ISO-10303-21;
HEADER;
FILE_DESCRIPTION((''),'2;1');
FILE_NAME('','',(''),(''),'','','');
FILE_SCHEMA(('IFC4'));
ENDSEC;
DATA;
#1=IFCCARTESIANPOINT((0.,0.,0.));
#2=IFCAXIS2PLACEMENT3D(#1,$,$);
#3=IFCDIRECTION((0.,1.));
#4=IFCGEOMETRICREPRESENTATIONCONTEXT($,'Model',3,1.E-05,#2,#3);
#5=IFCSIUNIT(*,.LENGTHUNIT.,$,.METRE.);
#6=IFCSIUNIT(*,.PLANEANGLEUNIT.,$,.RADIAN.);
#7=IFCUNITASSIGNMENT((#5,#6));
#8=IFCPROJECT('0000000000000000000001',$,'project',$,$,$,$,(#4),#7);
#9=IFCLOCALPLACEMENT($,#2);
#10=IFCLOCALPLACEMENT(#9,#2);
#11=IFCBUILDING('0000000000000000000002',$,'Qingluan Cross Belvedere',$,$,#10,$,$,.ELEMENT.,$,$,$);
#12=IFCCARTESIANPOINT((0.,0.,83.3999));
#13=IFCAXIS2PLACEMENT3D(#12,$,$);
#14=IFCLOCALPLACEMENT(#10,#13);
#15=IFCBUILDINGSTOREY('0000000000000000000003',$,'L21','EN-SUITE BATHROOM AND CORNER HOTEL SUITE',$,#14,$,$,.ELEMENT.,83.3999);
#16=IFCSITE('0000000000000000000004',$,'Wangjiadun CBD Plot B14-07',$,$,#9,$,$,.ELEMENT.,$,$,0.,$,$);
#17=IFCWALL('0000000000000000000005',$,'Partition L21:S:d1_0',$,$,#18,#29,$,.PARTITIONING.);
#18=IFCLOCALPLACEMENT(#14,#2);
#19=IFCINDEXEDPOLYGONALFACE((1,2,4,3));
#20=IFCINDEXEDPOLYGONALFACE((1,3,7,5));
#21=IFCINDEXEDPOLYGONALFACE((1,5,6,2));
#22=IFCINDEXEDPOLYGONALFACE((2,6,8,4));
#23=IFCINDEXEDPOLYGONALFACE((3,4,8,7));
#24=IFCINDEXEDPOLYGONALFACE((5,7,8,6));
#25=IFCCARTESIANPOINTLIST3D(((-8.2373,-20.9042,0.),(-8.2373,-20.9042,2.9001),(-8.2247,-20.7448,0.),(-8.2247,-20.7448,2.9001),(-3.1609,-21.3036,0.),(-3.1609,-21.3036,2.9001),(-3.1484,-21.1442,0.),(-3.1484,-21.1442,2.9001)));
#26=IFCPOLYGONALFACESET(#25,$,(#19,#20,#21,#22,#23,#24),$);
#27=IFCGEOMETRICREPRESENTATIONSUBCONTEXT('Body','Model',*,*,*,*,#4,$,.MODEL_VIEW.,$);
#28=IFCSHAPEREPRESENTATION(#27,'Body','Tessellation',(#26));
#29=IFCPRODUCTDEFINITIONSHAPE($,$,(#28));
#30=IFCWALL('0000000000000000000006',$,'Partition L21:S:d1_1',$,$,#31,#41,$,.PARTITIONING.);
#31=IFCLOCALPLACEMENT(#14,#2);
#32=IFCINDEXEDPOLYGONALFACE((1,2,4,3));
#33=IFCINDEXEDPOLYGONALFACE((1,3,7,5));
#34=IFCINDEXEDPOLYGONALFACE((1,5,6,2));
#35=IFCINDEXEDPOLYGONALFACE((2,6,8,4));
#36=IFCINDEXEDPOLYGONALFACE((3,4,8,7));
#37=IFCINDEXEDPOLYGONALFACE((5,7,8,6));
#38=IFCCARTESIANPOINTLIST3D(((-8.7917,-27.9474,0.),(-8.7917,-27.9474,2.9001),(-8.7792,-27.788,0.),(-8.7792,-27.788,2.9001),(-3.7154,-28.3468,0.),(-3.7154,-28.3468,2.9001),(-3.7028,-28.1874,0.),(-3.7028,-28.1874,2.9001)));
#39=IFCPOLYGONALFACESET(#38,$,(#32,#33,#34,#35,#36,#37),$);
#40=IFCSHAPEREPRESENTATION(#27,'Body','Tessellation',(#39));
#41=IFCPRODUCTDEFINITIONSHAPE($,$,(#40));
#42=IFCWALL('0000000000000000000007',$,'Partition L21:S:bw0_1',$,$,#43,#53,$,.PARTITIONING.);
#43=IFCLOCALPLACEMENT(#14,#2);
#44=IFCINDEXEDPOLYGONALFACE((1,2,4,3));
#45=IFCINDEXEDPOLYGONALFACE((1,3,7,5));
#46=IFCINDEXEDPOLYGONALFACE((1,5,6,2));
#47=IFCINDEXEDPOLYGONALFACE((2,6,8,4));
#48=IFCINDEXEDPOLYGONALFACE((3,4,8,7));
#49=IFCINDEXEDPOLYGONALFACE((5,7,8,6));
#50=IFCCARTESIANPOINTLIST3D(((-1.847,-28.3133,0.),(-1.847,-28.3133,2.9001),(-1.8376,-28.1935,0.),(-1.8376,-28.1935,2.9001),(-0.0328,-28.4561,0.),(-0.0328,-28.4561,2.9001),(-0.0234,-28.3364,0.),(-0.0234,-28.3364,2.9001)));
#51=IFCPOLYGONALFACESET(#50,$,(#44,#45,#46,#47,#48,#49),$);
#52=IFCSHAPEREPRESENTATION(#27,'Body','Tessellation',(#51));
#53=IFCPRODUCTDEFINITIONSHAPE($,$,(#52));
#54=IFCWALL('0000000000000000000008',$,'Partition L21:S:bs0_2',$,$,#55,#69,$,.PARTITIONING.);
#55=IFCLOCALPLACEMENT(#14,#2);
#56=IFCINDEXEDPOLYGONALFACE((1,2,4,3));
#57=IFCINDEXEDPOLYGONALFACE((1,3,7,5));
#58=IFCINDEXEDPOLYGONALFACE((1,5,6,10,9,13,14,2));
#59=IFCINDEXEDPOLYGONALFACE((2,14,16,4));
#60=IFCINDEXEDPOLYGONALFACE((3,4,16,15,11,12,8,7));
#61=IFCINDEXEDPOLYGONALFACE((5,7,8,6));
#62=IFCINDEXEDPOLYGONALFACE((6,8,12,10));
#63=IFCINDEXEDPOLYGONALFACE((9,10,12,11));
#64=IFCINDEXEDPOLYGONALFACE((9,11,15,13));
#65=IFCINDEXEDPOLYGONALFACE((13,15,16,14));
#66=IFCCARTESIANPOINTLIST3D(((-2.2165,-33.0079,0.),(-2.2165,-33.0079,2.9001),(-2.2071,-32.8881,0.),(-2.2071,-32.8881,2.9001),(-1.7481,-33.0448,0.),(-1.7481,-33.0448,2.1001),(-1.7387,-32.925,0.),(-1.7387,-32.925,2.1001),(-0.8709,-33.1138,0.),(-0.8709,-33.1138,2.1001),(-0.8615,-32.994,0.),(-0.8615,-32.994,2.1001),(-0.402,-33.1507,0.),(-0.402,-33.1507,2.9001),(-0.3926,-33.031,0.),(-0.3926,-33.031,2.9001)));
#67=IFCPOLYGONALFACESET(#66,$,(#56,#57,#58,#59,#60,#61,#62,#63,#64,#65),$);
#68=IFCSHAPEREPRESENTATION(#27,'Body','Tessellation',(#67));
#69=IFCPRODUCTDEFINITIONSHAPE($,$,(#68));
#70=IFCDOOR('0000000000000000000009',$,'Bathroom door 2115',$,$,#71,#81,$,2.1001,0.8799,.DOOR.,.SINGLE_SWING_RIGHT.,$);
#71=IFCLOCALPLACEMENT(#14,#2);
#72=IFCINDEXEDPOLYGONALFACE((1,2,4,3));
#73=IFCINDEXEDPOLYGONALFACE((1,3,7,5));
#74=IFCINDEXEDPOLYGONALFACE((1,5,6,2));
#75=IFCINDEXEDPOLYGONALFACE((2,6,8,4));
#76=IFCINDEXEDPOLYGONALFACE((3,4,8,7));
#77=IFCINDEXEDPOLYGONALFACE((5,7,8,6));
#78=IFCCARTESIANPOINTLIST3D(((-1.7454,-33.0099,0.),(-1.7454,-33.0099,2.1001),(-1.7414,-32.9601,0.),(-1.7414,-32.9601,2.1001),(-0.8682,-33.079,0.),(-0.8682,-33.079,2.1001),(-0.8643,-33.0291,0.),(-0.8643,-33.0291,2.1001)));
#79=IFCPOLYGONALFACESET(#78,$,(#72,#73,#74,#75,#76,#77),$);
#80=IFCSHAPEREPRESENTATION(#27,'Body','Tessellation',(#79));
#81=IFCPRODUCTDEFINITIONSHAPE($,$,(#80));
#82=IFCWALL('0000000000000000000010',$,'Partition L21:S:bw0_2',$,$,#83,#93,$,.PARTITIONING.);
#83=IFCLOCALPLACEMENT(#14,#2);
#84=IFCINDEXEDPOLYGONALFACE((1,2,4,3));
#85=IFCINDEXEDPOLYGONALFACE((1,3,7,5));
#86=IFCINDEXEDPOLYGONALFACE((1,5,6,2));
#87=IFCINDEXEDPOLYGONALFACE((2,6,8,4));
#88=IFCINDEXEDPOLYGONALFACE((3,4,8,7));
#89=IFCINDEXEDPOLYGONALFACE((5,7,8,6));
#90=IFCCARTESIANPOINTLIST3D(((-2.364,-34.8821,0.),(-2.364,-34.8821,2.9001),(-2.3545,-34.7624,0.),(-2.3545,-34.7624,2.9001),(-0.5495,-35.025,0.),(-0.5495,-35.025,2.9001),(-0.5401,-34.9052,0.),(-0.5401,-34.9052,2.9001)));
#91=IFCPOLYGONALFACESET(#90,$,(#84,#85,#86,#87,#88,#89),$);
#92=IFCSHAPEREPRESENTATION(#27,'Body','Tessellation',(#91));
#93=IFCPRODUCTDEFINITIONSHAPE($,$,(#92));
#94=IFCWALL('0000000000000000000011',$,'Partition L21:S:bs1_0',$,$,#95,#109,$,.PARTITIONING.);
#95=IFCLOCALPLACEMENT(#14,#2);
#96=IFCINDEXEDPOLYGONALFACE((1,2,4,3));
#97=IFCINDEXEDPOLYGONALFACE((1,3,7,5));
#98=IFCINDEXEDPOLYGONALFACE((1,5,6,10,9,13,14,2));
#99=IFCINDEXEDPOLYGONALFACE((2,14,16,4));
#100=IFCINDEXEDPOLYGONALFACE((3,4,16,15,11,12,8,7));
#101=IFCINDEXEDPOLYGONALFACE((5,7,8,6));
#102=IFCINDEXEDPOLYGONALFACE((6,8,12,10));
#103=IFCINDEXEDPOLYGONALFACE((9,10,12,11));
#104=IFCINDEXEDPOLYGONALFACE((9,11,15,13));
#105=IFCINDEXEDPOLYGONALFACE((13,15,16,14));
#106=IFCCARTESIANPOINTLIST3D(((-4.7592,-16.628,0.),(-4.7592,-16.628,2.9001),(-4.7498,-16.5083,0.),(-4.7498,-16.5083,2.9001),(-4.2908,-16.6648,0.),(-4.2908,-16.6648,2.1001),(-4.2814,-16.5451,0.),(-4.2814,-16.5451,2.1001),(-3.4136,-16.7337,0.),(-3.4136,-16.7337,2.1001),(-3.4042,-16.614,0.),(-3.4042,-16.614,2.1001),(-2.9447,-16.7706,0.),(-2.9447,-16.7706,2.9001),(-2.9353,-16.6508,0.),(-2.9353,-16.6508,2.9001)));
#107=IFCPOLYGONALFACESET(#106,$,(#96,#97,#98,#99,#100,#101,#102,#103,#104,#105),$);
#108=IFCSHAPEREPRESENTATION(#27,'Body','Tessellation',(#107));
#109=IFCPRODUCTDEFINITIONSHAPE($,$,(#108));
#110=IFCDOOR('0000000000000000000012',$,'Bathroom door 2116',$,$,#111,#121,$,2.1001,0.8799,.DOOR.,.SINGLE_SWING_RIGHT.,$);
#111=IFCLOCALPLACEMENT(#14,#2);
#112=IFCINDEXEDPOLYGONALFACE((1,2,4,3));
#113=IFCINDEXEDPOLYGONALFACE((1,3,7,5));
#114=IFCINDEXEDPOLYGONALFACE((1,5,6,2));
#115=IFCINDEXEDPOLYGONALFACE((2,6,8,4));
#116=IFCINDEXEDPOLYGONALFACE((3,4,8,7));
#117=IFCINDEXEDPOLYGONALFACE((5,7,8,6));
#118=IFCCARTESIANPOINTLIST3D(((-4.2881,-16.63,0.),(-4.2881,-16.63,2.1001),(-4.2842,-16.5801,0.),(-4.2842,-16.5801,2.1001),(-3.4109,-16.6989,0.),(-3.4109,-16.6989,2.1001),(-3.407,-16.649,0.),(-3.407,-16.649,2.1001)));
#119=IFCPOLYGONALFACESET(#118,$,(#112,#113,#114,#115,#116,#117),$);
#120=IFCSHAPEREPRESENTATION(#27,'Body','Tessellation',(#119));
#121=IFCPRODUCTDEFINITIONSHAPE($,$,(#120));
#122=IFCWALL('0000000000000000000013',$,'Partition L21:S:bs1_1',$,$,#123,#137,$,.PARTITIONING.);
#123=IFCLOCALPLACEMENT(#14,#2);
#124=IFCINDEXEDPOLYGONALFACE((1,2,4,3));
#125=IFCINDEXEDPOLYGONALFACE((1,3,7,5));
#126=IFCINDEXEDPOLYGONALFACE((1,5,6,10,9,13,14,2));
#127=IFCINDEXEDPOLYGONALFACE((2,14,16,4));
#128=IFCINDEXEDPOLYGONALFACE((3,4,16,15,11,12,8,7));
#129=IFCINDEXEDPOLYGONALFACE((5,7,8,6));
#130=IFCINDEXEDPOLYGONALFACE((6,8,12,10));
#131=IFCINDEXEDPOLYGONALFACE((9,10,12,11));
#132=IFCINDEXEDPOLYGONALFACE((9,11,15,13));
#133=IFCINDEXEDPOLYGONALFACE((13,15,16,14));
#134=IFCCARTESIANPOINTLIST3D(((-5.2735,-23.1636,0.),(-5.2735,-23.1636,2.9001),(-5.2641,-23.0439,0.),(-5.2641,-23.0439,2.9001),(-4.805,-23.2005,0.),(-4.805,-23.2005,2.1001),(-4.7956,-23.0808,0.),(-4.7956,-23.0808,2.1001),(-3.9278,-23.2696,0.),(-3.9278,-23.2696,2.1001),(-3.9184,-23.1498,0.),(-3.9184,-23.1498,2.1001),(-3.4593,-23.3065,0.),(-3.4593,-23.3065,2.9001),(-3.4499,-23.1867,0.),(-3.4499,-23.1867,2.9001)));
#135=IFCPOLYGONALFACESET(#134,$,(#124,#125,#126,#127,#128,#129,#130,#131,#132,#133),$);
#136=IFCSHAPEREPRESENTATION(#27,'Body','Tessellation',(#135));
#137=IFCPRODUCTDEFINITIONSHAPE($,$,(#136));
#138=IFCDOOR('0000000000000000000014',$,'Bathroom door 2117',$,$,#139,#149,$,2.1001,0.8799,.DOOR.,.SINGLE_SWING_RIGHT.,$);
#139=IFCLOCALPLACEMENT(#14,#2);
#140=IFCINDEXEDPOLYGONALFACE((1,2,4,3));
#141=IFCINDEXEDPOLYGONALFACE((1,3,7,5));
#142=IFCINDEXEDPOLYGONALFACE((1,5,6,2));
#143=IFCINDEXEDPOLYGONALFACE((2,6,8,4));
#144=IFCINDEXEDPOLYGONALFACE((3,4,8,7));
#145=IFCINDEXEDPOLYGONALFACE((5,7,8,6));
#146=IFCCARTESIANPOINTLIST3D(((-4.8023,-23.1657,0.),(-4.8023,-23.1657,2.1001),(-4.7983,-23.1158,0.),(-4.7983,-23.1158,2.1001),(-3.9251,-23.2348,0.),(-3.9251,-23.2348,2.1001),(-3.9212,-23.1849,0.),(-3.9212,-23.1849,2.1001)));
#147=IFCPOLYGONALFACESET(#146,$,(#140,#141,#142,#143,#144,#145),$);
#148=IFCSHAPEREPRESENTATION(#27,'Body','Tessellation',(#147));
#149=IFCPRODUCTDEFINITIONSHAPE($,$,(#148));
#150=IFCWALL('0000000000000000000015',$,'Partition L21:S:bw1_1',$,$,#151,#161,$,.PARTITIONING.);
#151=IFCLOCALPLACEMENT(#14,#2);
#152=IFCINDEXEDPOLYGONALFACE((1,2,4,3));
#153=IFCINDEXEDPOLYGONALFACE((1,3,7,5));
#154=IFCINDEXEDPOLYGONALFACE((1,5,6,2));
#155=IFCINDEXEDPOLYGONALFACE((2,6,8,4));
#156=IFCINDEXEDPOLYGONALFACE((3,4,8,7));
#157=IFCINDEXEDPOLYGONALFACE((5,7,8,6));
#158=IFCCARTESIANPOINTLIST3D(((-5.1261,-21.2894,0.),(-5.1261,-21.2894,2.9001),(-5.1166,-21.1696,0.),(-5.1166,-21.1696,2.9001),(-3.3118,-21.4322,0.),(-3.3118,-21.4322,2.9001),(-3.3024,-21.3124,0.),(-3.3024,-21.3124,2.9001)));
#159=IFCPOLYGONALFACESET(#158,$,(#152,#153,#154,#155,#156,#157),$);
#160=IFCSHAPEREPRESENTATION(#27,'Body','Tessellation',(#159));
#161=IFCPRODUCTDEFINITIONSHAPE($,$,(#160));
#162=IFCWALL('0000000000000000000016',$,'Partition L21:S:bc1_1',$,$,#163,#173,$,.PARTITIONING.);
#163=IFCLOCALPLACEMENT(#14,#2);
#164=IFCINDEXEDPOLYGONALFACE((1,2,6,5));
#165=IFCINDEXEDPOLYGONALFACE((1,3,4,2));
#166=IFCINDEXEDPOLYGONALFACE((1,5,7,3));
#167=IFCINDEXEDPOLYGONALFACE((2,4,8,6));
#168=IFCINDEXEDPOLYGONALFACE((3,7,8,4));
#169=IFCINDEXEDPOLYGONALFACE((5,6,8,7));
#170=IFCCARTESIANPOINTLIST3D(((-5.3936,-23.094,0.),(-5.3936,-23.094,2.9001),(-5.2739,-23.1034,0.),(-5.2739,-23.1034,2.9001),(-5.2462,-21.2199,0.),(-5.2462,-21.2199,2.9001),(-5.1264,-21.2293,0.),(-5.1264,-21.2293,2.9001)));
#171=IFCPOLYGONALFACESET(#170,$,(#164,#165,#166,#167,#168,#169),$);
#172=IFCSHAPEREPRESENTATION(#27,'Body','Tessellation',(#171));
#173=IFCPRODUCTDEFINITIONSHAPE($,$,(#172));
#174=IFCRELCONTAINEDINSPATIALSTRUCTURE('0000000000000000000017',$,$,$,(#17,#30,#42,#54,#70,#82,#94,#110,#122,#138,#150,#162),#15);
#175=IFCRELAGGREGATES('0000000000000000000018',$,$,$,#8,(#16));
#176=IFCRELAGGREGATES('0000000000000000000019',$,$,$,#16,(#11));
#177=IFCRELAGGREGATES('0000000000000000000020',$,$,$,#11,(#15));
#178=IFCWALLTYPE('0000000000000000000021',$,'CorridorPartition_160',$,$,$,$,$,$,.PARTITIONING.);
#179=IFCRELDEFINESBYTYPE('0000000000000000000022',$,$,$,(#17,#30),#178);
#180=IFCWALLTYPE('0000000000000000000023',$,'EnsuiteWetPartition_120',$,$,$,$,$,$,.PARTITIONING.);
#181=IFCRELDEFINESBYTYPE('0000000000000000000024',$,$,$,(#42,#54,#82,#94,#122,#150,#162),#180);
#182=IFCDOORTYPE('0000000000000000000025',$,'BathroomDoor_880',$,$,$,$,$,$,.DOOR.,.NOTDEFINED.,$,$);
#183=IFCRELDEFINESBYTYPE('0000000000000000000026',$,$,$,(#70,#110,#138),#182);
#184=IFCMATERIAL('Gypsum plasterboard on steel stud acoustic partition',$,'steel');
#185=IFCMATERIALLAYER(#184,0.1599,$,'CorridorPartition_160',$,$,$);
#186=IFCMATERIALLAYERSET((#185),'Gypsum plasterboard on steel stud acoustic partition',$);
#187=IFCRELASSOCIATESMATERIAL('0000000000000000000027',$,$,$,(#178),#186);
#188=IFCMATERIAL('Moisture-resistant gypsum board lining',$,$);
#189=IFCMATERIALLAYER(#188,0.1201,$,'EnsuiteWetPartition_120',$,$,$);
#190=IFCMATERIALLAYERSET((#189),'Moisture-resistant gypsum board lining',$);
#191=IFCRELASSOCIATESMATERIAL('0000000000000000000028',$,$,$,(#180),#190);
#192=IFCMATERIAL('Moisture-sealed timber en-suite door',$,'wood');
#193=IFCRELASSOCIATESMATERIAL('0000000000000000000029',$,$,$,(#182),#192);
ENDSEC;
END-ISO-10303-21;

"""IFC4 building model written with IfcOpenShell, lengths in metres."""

from ifc_helpers import new_model, si_unit, direction, frame, frame_2d, origin, place, context, subcontext, project, spatial, rectangle, extrude, material, layer, layer_set, type_object, element, fill, save


model = new_model("IFC4")

# Units and contexts
model_context = context("Model", 3, precision=1e-05, world=origin(), true_north=direction((0.0, 1.0)))
body_context = subcontext(model_context, "Body", "Model", "MODEL_VIEW")
ifc_project = project(units=[si_unit("LENGTHUNIT", "METRE"), si_unit("PLANEANGLEUNIT", "RADIAN")], contexts=[model_context])

# Site, building, storey
site_placement = place(None, origin())
site = spatial("IfcSite", under=ifc_project, at=site_placement, Name="Wangjiadun CBD Plot B14-07", CompositionType="ELEMENT", RefElevation=0.0)
building_placement = place(site_placement, origin())
building = spatial("IfcBuilding", under=site, at=building_placement, Name="Qingluan Cross Belvedere", CompositionType="ELEMENT")
storey_placement = place(building_placement, frame((0.0, 0.0, 83.3999)))
storey = spatial("IfcBuildingStorey", under=building, at=storey_placement, Name="L21", Description="EN-SUITE BATHROOM AND CORNER HOTEL SUITE", CompositionType="ELEMENT", Elevation=83.3999)

# Walls
ifc_material_1 = material(Name="Gypsum plasterboard on steel stud acoustic partition", Category="steel")
ifc_layer_1 = layer(ifc_material_1, 0.1599, Name="CorridorPartition_160")
ifc_layer_set_1 = layer_set([ifc_layer_1], Name="Gypsum plasterboard on steel stud acoustic partition")
wall_type_1 = type_object("IfcWallType", Name="CorridorPartition_160", PredefinedType="PARTITIONING", material=ifc_layer_set_1)
for number, where, z_axis, x_axis, name in (
    (1, (-3.1548, -21.2239, 0.0), (0.0, 0.0, 1.0), (-0.996919, 0.078438, 0.0), "Partition L21:S:d1_0"),
    (2, (-3.7092, -28.2671, 0.0), (0.0, 0.0, 1.0), (-0.996919, 0.078438, 0.0), "Partition L21:S:d1_1"),
):
    element("IfcWall", number, at=place(storey_placement, frame(where, z_axis=z_axis, x_axis=x_axis)), inside=storey, type_object=wall_type_1, Name=name, PredefinedType="PARTITIONING", context=body_context, shape_type="SweptSolid", body=[
        extrude(rectangle(XDim=5.092, YDim=0.1599, at=frame_2d((2.5459, 0.0))), origin(), (0.0, 0.0, 1.0), 2.9001),
    ])
ifc_material_2 = material(Name="Moisture-resistant gypsum board lining")
ifc_layer_2 = layer(ifc_material_2, 0.1201, Name="EnsuiteWetPartition_120")
ifc_layer_set_2 = layer_set([ifc_layer_2], Name="Moisture-resistant gypsum board lining")
wall_type_2 = type_object("IfcWallType", Name="EnsuiteWetPartition_120", PredefinedType="PARTITIONING", material=ifc_layer_set_2)
wall_1_placement = place(storey_placement, frame((-1.8423, -28.2534, 0.0), z_axis=(0.0, 0.0, 1.0), x_axis=(0.996916, -0.078481, 0.0)))
element("IfcWall", 3, at=wall_1_placement, inside=storey, type_object=wall_type_2, Name="Partition L21:S:bw0_1", PredefinedType="PARTITIONING", context=body_context, shape_type="SweptSolid", body=[
    extrude(rectangle(XDim=1.8198, YDim=0.1201, at=frame_2d((0.9099, 0.0))), origin(), (0.0, 0.0, 1.0), 2.9001),
])

# Wall, opening, door
wall_2_placement = place(storey_placement, frame((-2.2119, -32.948, 0.0), z_axis=(0.0, 0.0, 1.0), x_axis=(0.996916, -0.078471, 0.0)))
wall_2 = element("IfcWall", 4, at=wall_2_placement, inside=storey, type_object=wall_type_2, Name="Partition L21:S:bs0_2", PredefinedType="PARTITIONING", context=body_context, shape_type="SweptSolid", body=[
    extrude(rectangle(XDim=1.8201, YDim=0.1201, at=frame_2d((0.9102, 0.0))), origin(), (0.0, 0.0, 1.0), 2.9001),
])
opening_1_placement = place(wall_2_placement, frame((0.47, 0.0, 0.0)))
opening_1 = element("IfcOpeningElement", 5, at=opening_1_placement, cuts=wall_2, PredefinedType="OPENING", context=body_context, shape_type="SweptSolid", body=[
    extrude(rectangle(XDim=0.8799, YDim=2.1001, at=frame_2d((0.4399, 1.05))), frame((0.0, 0.0701, 0.0), z_axis=(0.0, -1.0, 0.0), x_axis=(1.0, 0.0, 0.0)), (0.0, 0.0, 1.0), 0.1401),
])
ifc_material_3 = material(Name="Moisture-sealed timber en-suite door", Category="wood")
door_type = type_object("IfcDoorType", Name="BathroomDoor_880", OperationType="NOTDEFINED", PredefinedType="DOOR", material=ifc_material_3)
door_1_placement = place(opening_1_placement, origin())
door_1 = element("IfcDoor", 6, at=door_1_placement, inside=storey, type_object=door_type, Name="Bathroom door 2115", OperationType="SINGLE_SWING_RIGHT", OverallHeight=2.1001, OverallWidth=0.8799, PredefinedType="DOOR", context=body_context, shape_type="SweptSolid", body=[
    extrude(rectangle(XDim=0.8799, YDim=2.1001, at=frame_2d((0.4399, 1.05))), frame((0.0, 0.0249, 0.0), z_axis=(0.0, -1.0, 0.0), x_axis=(1.0, 0.0, 0.0)), (0.0, 0.0, 1.0), 0.05),
])
fill(opening_1, door_1)

# Wall
wall_3_placement = place(storey_placement, frame((-2.3594, -34.8223, 0.0), z_axis=(0.0, 0.0, 1.0), x_axis=(0.996916, -0.078471, 0.0)))
element("IfcWall", 7, at=wall_3_placement, inside=storey, type_object=wall_type_2, Name="Partition L21:S:bw0_2", PredefinedType="PARTITIONING", context=body_context, shape_type="SweptSolid", body=[
    extrude(rectangle(XDim=1.8201, YDim=0.1201, at=frame_2d((0.9102, 0.0))), origin(), (0.0, 0.0, 1.0), 2.9001),
])

# Walls, openings, doors
wall_4_placement = place(storey_placement, frame((-4.7546, -16.5681, 0.0), z_axis=(0.0, 0.0, 1.0), x_axis=(0.996927, -0.078338, 0.0)))
wall_4 = element("IfcWall", 8, at=wall_4_placement, inside=storey, type_object=wall_type_2, Name="Partition L21:S:bs1_0", PredefinedType="PARTITIONING", context=body_context, shape_type="SweptSolid", body=[
    extrude(rectangle(XDim=1.8201, YDim=0.1201, at=frame_2d((0.9102, 0.0))), origin(), (0.0, 0.0, 1.0), 2.9001),
])
opening_2_placement = place(wall_4_placement, frame((0.47, 0.0, 0.0)))
opening_2 = element("IfcOpeningElement", 9, at=opening_2_placement, cuts=wall_4, PredefinedType="OPENING", context=body_context, shape_type="SweptSolid", body=[
    extrude(rectangle(XDim=0.8799, YDim=2.1001, at=frame_2d((0.4399, 1.05))), frame((0.0, 0.0701, 0.0), z_axis=(0.0, -1.0, 0.0), x_axis=(1.0, 0.0, 0.0)), (0.0, 0.0, 1.0), 0.1401),
])
door_2_placement = place(opening_2_placement, origin())
door_2 = element("IfcDoor", 10, at=door_2_placement, inside=storey, type_object=door_type, Name="Bathroom door 2116", OperationType="SINGLE_SWING_RIGHT", OverallHeight=2.1001, OverallWidth=0.8799, PredefinedType="DOOR", context=body_context, shape_type="SweptSolid", body=[
    extrude(rectangle(XDim=0.8799, YDim=2.1001, at=frame_2d((0.4399, 1.05))), frame((0.0, 0.0249, 0.0), z_axis=(0.0, -1.0, 0.0), x_axis=(1.0, 0.0, 0.0)), (0.0, 0.0, 1.0), 0.05),
])
fill(opening_2, door_2)
wall_5_placement = place(storey_placement, frame((-5.2688, -23.1038, 0.0), z_axis=(0.0, 0.0, 1.0), x_axis=(0.996916, -0.078481, 0.0)))
wall_5 = element("IfcWall", 11, at=wall_5_placement, inside=storey, type_object=wall_type_2, Name="Partition L21:S:bs1_1", PredefinedType="PARTITIONING", context=body_context, shape_type="SweptSolid", body=[
    extrude(rectangle(XDim=1.8198, YDim=0.1201, at=frame_2d((0.9099, 0.0))), origin(), (0.0, 0.0, 1.0), 2.9001),
])
opening_3_placement = place(wall_5_placement, frame((0.47, 0.0, 0.0)))
opening_3 = element("IfcOpeningElement", 12, at=opening_3_placement, cuts=wall_5, PredefinedType="OPENING", context=body_context, shape_type="SweptSolid", body=[
    extrude(rectangle(XDim=0.8799, YDim=2.1001, at=frame_2d((0.4399, 1.05))), frame((0.0, 0.0701, 0.0), z_axis=(0.0, -1.0, 0.0), x_axis=(1.0, 0.0, 0.0)), (0.0, 0.0, 1.0), 0.1401),
])
door_3_placement = place(opening_3_placement, origin())
door_3 = element("IfcDoor", 13, at=door_3_placement, inside=storey, type_object=door_type, Name="Bathroom door 2117", OperationType="SINGLE_SWING_RIGHT", OverallHeight=2.1001, OverallWidth=0.8799, PredefinedType="DOOR", context=body_context, shape_type="SweptSolid", body=[
    extrude(rectangle(XDim=0.8799, YDim=2.1001, at=frame_2d((0.4399, 1.05))), frame((0.0, 0.0249, 0.0), z_axis=(0.0, -1.0, 0.0), x_axis=(1.0, 0.0, 0.0)), (0.0, 0.0, 1.0), 0.05),
])
fill(opening_3, door_3)

# Walls
wall_6_placement = place(storey_placement, frame((-5.1213, -21.2295, 0.0), z_axis=(0.0, 0.0, 1.0), x_axis=(0.996916, -0.078481, 0.0)))
element("IfcWall", 14, at=wall_6_placement, inside=storey, type_object=wall_type_2, Name="Partition L21:S:bw1_1", PredefinedType="PARTITIONING", context=body_context, shape_type="SweptSolid", body=[
    extrude(rectangle(XDim=1.8198, YDim=0.1201, at=frame_2d((0.9099, 0.0))), origin(), (0.0, 0.0, 1.0), 2.9001),
])
wall_7_placement = place(storey_placement, frame((-5.1863, -21.2246, 0.0), z_axis=(0.0, 0.0, 1.0), x_axis=(-0.078444, -0.996918, 0.0)))
element("IfcWall", 15, at=wall_7_placement, inside=storey, type_object=wall_type_2, Name="Partition L21:S:bc1_1", PredefinedType="PARTITIONING", context=body_context, shape_type="SweptSolid", body=[
    extrude(rectangle(XDim=1.8799, YDim=0.1201, at=frame_2d((0.9399, 0.0))), origin(), (0.0, 0.0, 1.0), 2.9001),
])

save(model, "model.ifc")
